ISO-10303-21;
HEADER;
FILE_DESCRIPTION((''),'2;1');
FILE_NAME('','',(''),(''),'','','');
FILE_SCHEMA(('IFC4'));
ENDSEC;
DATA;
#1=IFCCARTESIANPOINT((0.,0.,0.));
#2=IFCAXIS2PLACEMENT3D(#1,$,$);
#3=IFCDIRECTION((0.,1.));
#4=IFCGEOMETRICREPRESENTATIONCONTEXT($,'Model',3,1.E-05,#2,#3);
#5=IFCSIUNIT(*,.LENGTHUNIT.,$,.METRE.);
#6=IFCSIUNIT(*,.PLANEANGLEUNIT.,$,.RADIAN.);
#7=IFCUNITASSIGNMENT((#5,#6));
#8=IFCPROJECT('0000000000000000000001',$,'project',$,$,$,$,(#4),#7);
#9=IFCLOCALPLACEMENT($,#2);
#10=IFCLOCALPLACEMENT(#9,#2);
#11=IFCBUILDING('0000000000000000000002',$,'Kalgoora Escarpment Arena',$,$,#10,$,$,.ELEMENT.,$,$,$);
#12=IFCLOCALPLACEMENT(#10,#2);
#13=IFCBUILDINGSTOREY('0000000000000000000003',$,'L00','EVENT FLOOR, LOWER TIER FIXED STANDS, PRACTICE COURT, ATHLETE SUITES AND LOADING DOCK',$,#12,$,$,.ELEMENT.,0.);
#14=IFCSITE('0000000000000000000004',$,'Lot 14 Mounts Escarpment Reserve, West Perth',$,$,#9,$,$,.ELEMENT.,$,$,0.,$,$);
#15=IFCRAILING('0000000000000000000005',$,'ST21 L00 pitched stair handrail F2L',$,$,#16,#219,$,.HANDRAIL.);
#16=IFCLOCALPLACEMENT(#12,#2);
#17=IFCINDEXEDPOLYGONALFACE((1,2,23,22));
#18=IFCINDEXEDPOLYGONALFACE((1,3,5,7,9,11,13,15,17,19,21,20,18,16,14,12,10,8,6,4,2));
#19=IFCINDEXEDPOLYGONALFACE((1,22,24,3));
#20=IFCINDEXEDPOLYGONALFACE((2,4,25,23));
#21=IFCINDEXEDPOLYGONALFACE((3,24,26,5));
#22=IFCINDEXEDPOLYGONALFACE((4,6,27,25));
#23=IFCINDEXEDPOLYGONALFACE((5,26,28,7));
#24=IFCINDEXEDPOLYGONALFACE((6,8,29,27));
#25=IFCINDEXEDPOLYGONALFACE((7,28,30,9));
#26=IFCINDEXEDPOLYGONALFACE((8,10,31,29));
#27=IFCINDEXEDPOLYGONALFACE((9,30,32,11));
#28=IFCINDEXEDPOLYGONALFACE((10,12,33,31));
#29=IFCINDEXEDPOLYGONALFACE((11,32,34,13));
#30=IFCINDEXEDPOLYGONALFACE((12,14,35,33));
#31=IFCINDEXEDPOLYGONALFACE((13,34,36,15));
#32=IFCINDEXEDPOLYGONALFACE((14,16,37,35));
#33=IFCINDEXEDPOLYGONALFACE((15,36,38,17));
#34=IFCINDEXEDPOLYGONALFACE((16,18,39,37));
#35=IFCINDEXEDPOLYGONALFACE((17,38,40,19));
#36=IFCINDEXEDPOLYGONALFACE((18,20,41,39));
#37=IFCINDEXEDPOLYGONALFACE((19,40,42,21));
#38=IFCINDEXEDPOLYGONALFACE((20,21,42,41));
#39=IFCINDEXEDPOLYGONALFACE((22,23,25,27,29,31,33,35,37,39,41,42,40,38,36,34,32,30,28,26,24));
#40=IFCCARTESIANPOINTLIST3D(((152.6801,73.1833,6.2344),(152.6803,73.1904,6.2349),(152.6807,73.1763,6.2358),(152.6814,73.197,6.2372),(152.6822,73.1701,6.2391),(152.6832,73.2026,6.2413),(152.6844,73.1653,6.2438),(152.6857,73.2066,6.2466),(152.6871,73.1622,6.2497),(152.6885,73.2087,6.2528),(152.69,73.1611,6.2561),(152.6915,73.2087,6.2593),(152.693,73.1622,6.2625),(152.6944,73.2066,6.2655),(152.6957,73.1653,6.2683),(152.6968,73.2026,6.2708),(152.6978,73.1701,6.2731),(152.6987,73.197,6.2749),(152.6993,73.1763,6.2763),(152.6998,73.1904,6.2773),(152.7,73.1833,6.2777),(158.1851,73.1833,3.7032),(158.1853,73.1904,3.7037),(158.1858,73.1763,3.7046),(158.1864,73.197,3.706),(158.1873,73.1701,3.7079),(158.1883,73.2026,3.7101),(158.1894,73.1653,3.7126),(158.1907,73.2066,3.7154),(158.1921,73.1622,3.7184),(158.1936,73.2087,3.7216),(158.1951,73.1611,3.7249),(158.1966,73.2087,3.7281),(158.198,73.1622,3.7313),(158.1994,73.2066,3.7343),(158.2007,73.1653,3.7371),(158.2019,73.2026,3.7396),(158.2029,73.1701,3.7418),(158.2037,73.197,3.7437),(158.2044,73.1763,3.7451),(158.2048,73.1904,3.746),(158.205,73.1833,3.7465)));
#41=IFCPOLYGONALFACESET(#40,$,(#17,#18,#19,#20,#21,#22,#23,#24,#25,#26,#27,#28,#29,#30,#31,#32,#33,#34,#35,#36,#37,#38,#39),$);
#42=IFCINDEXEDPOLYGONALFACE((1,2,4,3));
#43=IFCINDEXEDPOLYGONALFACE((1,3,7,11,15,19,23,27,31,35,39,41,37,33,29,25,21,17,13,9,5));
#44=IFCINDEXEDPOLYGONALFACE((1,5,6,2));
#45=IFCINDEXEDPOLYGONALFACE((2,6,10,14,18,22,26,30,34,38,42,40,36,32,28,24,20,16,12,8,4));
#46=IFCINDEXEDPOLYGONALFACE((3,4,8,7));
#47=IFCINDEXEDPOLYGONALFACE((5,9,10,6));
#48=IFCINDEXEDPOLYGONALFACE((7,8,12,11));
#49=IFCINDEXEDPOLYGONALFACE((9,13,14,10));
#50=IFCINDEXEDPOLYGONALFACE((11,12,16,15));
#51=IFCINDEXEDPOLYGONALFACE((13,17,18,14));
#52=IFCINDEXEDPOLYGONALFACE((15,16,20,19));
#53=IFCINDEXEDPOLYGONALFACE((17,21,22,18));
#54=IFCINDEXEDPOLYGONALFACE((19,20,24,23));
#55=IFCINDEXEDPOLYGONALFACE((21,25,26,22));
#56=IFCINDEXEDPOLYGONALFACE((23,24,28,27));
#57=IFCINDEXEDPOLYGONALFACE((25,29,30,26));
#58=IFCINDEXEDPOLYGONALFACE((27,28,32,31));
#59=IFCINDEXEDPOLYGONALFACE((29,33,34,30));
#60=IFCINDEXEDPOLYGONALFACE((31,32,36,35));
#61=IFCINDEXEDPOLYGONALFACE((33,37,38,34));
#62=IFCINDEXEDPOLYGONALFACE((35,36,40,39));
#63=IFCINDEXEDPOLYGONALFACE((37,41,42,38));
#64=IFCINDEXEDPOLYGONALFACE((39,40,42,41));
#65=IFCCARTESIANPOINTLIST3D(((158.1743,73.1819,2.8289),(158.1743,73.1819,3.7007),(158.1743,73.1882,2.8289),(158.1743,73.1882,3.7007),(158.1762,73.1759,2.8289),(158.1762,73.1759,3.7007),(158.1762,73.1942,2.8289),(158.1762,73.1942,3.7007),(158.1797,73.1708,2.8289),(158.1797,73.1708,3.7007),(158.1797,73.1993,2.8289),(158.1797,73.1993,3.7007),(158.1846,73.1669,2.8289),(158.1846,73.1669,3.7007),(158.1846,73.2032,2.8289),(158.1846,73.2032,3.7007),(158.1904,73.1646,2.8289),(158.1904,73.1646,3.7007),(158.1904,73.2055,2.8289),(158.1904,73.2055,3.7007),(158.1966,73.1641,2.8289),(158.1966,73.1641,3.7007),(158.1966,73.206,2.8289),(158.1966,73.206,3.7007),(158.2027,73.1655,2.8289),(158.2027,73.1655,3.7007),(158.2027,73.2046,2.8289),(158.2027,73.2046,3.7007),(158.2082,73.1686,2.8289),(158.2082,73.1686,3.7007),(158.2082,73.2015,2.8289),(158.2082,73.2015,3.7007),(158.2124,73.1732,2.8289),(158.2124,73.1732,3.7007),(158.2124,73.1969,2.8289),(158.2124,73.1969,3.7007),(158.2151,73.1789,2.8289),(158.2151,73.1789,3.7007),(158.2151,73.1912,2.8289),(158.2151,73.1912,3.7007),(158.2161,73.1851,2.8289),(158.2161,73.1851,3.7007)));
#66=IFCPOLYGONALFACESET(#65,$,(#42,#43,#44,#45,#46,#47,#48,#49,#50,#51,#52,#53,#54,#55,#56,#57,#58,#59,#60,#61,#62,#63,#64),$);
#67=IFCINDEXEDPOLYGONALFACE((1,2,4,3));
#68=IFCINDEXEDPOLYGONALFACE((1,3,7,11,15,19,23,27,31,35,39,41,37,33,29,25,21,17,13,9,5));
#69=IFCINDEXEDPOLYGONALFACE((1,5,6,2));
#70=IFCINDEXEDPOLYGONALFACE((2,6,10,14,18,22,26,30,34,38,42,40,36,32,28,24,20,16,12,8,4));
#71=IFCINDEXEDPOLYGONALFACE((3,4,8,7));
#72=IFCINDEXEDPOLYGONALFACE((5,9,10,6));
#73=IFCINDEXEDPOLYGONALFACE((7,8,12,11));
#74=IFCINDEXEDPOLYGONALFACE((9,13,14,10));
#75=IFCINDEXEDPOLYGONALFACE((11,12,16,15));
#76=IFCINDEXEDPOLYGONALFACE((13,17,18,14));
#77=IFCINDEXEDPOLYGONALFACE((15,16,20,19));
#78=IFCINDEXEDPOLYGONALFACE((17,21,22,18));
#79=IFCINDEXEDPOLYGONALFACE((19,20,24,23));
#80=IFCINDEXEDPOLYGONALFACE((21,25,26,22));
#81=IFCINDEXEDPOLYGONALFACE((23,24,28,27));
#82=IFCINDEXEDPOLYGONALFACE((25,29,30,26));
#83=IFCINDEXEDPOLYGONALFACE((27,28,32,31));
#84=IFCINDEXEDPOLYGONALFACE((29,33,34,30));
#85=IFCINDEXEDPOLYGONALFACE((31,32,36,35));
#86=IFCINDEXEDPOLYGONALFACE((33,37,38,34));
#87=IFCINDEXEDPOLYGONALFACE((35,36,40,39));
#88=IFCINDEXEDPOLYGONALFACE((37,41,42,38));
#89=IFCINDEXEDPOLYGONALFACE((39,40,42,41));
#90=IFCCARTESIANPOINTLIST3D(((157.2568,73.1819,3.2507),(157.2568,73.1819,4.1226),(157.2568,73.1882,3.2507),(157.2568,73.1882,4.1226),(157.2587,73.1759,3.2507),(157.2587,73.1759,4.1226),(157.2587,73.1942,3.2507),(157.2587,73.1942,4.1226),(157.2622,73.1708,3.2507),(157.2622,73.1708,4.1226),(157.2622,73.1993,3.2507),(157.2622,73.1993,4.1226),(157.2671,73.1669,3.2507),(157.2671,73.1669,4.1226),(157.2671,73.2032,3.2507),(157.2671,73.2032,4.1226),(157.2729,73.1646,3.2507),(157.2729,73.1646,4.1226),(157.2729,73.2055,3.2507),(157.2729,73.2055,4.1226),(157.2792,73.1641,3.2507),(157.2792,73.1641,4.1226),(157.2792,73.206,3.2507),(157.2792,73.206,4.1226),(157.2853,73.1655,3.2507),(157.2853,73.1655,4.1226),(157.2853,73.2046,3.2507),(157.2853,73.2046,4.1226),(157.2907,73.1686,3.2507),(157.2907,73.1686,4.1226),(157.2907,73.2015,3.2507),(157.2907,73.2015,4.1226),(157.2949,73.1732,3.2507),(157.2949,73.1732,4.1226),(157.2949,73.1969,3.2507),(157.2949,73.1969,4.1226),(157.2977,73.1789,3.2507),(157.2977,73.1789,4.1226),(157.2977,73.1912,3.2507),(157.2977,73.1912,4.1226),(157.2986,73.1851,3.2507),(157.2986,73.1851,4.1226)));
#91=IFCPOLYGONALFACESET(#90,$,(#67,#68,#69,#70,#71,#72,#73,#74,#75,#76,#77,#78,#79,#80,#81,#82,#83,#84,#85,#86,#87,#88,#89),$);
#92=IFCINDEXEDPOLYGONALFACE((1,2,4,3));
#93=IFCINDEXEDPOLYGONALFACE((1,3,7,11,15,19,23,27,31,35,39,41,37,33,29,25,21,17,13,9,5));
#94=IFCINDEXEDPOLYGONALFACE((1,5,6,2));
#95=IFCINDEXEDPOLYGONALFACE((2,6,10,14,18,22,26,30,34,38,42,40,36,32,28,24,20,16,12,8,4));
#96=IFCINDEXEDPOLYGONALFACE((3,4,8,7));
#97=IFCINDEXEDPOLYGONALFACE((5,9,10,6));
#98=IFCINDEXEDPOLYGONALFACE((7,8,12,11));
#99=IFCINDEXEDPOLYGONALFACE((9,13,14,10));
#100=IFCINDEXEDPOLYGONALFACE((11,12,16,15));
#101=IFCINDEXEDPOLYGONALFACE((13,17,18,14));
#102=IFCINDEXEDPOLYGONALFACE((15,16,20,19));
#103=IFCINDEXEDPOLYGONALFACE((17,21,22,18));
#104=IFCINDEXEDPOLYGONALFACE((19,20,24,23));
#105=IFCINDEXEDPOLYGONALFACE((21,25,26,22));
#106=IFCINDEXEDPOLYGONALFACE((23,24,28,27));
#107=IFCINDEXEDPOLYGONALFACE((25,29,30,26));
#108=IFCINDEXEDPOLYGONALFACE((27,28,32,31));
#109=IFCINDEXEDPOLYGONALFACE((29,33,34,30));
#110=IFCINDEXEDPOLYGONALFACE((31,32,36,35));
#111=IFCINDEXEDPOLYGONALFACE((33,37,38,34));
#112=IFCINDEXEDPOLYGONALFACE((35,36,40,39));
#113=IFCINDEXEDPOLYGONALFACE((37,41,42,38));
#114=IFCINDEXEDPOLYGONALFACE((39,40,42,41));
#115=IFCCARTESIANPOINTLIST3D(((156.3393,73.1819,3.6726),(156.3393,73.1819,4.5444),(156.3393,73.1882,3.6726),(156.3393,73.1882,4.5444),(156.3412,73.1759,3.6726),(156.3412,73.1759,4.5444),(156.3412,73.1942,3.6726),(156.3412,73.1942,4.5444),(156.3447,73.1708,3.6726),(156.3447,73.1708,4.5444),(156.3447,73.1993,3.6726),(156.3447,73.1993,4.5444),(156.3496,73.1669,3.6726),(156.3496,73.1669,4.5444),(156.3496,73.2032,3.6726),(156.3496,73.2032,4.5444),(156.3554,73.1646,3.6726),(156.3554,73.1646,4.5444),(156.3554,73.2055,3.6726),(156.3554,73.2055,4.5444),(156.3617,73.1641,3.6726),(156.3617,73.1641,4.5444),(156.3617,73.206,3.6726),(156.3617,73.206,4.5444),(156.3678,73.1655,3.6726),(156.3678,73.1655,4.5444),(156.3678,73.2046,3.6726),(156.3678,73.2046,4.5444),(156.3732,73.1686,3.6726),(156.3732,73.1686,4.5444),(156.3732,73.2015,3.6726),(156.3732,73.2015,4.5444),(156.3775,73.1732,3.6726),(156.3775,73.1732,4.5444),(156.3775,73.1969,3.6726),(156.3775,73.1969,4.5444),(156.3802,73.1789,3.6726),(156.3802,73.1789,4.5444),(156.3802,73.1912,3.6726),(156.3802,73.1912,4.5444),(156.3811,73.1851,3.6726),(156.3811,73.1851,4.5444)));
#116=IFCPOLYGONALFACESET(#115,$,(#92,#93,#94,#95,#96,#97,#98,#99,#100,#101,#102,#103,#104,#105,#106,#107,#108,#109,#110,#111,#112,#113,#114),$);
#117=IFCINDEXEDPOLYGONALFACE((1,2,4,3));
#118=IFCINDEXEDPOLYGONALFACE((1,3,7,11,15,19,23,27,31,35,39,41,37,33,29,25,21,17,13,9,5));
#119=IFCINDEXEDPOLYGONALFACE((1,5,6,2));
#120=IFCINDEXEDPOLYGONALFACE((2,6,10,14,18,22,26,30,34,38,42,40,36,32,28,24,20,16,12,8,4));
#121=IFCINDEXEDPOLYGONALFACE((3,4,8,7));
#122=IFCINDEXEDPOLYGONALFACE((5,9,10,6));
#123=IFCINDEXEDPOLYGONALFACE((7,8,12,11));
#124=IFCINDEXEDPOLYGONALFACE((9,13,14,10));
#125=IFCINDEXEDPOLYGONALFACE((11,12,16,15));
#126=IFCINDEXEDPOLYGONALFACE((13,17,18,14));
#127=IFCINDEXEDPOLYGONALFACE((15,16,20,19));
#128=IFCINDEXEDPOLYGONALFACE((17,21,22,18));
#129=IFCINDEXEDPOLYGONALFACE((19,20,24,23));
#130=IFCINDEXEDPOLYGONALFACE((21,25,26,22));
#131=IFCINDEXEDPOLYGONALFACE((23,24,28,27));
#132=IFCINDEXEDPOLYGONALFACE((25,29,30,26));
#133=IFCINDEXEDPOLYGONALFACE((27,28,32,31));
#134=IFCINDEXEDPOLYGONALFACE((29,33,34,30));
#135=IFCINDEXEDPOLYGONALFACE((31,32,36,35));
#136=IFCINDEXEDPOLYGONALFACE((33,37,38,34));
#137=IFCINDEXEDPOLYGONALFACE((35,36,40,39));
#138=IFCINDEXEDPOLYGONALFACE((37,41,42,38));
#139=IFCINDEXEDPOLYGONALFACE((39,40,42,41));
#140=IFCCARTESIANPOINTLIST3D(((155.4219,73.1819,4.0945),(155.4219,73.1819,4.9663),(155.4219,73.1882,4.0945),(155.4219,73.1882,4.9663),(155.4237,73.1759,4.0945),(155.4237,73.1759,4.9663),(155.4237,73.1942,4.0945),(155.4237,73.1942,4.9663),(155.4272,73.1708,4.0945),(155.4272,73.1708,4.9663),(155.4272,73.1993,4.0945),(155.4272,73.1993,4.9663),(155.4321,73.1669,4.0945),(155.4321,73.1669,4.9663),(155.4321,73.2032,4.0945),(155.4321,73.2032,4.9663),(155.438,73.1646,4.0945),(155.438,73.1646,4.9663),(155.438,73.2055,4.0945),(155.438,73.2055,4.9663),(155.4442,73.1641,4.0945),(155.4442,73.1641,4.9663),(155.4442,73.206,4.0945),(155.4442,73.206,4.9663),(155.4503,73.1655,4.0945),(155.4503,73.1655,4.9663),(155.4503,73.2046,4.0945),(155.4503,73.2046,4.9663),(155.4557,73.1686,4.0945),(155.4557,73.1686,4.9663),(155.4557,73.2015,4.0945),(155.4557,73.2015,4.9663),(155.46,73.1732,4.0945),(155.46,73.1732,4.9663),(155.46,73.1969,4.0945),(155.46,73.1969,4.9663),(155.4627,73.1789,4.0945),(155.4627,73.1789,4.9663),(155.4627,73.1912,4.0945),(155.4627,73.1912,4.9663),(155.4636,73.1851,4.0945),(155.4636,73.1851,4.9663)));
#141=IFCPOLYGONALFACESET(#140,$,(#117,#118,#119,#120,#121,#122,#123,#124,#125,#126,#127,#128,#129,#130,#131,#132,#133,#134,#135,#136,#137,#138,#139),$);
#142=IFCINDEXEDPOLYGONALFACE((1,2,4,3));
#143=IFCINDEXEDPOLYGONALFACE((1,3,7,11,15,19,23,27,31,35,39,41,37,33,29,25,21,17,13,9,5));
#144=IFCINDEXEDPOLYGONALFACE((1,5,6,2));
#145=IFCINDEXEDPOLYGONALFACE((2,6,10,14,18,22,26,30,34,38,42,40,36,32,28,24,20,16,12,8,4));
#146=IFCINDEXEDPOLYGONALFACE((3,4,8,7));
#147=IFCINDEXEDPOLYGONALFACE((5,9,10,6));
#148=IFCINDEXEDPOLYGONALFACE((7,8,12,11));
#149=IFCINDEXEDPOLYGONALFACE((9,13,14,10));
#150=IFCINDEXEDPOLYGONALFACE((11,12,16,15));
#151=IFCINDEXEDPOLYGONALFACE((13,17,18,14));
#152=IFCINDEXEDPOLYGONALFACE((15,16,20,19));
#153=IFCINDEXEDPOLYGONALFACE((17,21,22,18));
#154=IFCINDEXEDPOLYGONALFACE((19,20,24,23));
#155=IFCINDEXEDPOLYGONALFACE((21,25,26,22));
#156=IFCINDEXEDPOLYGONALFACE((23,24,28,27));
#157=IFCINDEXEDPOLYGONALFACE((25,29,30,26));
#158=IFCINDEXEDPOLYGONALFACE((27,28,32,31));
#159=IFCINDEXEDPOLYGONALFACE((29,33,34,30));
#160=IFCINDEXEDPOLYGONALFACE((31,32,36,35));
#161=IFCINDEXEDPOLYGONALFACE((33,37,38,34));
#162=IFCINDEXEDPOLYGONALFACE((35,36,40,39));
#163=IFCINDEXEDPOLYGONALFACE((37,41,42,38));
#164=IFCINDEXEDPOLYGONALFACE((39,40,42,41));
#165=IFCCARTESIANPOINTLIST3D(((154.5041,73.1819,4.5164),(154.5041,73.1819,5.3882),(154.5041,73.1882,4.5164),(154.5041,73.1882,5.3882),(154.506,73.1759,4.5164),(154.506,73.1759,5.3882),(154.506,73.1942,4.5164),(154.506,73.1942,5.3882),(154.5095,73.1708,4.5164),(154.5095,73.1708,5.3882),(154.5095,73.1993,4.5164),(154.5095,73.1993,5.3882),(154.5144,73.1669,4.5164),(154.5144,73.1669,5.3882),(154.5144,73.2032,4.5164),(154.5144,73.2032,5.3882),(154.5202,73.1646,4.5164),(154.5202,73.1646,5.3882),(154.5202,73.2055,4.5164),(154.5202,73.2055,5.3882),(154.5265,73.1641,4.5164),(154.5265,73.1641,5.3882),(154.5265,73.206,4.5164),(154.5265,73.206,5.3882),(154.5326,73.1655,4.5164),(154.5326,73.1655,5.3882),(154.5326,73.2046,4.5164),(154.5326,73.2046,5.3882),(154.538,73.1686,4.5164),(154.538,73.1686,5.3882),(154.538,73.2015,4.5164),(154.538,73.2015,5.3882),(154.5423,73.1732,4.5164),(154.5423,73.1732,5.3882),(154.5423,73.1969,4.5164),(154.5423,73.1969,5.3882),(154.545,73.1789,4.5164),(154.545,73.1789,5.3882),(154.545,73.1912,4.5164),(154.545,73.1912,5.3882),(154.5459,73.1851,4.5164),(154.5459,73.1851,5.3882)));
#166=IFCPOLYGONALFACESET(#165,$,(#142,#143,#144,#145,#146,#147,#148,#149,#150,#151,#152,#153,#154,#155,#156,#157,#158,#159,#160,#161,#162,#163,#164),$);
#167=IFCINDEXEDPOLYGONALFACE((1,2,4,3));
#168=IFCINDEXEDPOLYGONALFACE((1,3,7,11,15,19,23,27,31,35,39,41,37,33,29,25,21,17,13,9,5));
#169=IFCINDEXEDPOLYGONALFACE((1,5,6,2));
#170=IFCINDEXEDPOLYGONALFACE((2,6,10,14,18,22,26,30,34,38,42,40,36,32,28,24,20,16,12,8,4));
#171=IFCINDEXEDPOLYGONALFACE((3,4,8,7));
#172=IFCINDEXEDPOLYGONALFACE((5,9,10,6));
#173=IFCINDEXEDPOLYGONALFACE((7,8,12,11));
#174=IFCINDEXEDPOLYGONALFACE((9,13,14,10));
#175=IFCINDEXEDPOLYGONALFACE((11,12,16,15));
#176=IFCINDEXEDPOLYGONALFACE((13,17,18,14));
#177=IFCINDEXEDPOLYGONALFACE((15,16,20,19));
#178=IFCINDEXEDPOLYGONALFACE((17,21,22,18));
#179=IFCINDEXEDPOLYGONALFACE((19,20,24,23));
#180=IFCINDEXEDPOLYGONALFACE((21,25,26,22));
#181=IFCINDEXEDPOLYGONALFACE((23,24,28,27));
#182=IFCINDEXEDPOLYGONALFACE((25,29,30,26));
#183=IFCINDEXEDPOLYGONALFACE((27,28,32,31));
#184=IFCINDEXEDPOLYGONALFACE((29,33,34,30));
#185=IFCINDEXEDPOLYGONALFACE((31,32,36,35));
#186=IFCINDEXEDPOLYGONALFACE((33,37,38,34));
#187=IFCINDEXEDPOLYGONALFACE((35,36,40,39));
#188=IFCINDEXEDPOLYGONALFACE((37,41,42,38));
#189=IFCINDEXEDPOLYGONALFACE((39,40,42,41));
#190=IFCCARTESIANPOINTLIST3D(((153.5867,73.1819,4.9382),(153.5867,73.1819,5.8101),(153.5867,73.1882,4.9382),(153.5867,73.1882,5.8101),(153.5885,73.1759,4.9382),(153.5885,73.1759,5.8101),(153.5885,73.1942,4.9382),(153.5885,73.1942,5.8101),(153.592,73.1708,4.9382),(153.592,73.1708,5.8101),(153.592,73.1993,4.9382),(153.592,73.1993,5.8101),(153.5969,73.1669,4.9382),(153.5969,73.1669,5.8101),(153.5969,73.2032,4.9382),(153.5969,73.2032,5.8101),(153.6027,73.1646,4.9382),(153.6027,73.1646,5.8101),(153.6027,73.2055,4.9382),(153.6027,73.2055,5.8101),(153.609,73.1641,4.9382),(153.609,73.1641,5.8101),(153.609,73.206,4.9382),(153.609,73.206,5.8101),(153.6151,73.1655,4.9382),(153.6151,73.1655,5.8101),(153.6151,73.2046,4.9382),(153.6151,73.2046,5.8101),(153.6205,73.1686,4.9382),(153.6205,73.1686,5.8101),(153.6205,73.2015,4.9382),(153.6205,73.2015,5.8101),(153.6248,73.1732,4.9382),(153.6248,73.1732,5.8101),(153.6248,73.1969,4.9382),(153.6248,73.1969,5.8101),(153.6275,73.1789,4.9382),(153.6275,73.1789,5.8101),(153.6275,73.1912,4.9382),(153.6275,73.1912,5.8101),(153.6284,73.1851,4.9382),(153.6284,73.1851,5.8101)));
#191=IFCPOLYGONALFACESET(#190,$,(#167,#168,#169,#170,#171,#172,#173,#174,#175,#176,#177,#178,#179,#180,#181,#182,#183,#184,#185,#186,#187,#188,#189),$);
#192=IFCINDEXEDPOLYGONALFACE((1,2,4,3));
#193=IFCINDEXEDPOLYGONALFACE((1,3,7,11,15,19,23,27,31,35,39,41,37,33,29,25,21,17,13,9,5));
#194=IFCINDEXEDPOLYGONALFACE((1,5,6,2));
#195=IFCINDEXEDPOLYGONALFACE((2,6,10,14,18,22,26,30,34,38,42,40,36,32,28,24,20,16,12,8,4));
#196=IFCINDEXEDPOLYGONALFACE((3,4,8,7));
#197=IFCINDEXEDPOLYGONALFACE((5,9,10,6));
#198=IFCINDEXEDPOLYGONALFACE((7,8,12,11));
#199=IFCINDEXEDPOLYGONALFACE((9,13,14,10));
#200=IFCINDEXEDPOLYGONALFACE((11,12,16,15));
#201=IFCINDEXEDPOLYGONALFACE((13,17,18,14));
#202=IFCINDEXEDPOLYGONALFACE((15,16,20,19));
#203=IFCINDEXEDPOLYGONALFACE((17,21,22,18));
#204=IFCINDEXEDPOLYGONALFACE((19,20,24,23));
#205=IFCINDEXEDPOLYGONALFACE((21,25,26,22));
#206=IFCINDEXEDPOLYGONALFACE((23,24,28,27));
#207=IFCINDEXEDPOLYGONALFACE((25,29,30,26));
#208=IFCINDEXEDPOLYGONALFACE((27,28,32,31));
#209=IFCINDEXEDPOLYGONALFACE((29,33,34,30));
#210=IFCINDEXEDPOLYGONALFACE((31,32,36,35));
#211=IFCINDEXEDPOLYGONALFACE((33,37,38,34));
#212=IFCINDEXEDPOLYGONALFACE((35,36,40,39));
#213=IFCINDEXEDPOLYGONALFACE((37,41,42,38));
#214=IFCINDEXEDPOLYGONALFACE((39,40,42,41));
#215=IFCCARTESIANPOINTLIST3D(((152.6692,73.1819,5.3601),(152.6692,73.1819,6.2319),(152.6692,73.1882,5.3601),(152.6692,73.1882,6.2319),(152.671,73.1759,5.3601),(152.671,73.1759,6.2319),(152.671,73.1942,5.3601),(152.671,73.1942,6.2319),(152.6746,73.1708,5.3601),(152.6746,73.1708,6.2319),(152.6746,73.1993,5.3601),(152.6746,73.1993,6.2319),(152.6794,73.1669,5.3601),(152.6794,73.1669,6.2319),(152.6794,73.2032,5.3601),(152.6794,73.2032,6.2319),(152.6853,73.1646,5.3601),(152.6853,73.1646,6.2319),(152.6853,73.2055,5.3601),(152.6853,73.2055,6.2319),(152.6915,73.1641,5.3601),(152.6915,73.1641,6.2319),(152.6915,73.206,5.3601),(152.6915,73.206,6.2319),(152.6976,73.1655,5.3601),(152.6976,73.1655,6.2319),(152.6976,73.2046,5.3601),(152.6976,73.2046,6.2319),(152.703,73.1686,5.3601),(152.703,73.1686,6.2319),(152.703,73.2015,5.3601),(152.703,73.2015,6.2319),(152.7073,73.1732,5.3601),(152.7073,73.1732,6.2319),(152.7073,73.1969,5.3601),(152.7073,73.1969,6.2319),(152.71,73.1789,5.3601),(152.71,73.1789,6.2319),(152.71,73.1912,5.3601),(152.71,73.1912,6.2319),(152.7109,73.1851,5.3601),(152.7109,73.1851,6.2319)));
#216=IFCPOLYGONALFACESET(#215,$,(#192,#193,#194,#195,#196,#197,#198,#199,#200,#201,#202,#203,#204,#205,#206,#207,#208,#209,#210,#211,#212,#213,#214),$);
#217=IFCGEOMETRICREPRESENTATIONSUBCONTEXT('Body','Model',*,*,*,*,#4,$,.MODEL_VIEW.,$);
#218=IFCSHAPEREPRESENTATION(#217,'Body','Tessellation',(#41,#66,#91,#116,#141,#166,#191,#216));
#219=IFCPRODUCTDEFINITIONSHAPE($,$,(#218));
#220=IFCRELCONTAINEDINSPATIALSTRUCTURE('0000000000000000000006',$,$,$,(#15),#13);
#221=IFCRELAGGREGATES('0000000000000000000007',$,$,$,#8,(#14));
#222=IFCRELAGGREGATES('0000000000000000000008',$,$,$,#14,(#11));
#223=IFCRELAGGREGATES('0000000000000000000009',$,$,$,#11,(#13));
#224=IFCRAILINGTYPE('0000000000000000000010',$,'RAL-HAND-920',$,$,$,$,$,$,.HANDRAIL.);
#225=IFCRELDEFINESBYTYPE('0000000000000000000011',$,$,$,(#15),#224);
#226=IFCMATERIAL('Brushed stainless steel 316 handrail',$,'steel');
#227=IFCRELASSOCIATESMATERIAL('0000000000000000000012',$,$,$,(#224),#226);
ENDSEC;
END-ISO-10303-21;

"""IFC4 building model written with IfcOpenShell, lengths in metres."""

from ifc_helpers import new_model, si_unit, direction, frame, origin, origin_2d, place, context, subcontext, project, spatial, circle, extrude, material, type_object, element, save


model = new_model("IFC4")

# Units and contexts
model_context = context("Model", 3, precision=1e-05, world=origin(), true_north=direction((0.0, 1.0)))
body_context = subcontext(model_context, "Body", "Model", "MODEL_VIEW")
ifc_project = project(units=[si_unit("LENGTHUNIT", "METRE"), si_unit("PLANEANGLEUNIT", "RADIAN")], contexts=[model_context])

# Site, building, storey
site_placement = place(None, origin())
site = spatial("IfcSite", under=ifc_project, at=site_placement, Name="Lot 14 Mounts Escarpment Reserve, West Perth", CompositionType="ELEMENT", RefElevation=0.0)
building_placement = place(site_placement, origin())
building = spatial("IfcBuilding", under=site, at=building_placement, Name="Kalgoora Escarpment Arena", CompositionType="ELEMENT")
storey_placement = place(building_placement, origin())
storey = spatial("IfcBuildingStorey", under=building, at=storey_placement, Name="L00", Description="EVENT FLOOR, LOWER TIER FIXED STANDS, PRACTICE COURT, ATHLETE SUITES AND LOADING DOCK", CompositionType="ELEMENT", Elevation=0.0)

# Railing
ifc_material_1 = material(Name="Brushed stainless steel 316 handrail", Category="steel")
railing_type_1 = type_object("IfcRailingType", Name="RAL-HAND-920", PredefinedType="HANDRAIL", material=ifc_material_1)
railing_1_placement = place(storey_placement, frame((158.1951, 73.1851, 2.8289)))
element("IfcRailing", 1, at=railing_1_placement, inside=storey, type_object=railing_type_1, Name="ST21 L00 pitched stair handrail F2L", PredefinedType="HANDRAIL", context=body_context, shape_type="SweptSolid", body=[
    extrude(circle(Radius=0.0239, at=origin_2d()), frame((0.0, 0.0, 0.896), z_axis=(-0.90856, 0.0, 0.417755), x_axis=(0.0, -1.0, 0.0)), (0.0, 0.0, 1.0), 6.0591),
    extrude(circle(Radius=0.021, at=origin_2d()), origin(), (0.0, 0.0, 1.0), 0.8718),
    extrude(circle(Radius=0.021, at=origin_2d()), frame((-0.9175, 0.0, 0.4219)), (0.0, 0.0, 1.0), 0.8718),
    extrude(circle(Radius=0.021, at=origin_2d()), frame((-1.835, 0.0, 0.8438)), (0.0, 0.0, 1.0), 0.8718),
    extrude(circle(Radius=0.021, at=origin_2d()), frame((-2.7524, 0.0, 1.2656)), (0.0, 0.0, 1.0), 0.8718),
    extrude(circle(Radius=0.021, at=origin_2d()), frame((-3.6702, 0.0, 1.6875)), (0.0, 0.0, 1.0), 0.8718),
    extrude(circle(Radius=0.021, at=origin_2d()), frame((-4.5876, 0.0, 2.1094)), (0.0, 0.0, 1.0), 0.8718),
    extrude(circle(Radius=0.021, at=origin_2d()), frame((-5.5051, 0.0, 2.5312)), (0.0, 0.0, 1.0), 0.8718),
])

save(model, "model.ifc")
